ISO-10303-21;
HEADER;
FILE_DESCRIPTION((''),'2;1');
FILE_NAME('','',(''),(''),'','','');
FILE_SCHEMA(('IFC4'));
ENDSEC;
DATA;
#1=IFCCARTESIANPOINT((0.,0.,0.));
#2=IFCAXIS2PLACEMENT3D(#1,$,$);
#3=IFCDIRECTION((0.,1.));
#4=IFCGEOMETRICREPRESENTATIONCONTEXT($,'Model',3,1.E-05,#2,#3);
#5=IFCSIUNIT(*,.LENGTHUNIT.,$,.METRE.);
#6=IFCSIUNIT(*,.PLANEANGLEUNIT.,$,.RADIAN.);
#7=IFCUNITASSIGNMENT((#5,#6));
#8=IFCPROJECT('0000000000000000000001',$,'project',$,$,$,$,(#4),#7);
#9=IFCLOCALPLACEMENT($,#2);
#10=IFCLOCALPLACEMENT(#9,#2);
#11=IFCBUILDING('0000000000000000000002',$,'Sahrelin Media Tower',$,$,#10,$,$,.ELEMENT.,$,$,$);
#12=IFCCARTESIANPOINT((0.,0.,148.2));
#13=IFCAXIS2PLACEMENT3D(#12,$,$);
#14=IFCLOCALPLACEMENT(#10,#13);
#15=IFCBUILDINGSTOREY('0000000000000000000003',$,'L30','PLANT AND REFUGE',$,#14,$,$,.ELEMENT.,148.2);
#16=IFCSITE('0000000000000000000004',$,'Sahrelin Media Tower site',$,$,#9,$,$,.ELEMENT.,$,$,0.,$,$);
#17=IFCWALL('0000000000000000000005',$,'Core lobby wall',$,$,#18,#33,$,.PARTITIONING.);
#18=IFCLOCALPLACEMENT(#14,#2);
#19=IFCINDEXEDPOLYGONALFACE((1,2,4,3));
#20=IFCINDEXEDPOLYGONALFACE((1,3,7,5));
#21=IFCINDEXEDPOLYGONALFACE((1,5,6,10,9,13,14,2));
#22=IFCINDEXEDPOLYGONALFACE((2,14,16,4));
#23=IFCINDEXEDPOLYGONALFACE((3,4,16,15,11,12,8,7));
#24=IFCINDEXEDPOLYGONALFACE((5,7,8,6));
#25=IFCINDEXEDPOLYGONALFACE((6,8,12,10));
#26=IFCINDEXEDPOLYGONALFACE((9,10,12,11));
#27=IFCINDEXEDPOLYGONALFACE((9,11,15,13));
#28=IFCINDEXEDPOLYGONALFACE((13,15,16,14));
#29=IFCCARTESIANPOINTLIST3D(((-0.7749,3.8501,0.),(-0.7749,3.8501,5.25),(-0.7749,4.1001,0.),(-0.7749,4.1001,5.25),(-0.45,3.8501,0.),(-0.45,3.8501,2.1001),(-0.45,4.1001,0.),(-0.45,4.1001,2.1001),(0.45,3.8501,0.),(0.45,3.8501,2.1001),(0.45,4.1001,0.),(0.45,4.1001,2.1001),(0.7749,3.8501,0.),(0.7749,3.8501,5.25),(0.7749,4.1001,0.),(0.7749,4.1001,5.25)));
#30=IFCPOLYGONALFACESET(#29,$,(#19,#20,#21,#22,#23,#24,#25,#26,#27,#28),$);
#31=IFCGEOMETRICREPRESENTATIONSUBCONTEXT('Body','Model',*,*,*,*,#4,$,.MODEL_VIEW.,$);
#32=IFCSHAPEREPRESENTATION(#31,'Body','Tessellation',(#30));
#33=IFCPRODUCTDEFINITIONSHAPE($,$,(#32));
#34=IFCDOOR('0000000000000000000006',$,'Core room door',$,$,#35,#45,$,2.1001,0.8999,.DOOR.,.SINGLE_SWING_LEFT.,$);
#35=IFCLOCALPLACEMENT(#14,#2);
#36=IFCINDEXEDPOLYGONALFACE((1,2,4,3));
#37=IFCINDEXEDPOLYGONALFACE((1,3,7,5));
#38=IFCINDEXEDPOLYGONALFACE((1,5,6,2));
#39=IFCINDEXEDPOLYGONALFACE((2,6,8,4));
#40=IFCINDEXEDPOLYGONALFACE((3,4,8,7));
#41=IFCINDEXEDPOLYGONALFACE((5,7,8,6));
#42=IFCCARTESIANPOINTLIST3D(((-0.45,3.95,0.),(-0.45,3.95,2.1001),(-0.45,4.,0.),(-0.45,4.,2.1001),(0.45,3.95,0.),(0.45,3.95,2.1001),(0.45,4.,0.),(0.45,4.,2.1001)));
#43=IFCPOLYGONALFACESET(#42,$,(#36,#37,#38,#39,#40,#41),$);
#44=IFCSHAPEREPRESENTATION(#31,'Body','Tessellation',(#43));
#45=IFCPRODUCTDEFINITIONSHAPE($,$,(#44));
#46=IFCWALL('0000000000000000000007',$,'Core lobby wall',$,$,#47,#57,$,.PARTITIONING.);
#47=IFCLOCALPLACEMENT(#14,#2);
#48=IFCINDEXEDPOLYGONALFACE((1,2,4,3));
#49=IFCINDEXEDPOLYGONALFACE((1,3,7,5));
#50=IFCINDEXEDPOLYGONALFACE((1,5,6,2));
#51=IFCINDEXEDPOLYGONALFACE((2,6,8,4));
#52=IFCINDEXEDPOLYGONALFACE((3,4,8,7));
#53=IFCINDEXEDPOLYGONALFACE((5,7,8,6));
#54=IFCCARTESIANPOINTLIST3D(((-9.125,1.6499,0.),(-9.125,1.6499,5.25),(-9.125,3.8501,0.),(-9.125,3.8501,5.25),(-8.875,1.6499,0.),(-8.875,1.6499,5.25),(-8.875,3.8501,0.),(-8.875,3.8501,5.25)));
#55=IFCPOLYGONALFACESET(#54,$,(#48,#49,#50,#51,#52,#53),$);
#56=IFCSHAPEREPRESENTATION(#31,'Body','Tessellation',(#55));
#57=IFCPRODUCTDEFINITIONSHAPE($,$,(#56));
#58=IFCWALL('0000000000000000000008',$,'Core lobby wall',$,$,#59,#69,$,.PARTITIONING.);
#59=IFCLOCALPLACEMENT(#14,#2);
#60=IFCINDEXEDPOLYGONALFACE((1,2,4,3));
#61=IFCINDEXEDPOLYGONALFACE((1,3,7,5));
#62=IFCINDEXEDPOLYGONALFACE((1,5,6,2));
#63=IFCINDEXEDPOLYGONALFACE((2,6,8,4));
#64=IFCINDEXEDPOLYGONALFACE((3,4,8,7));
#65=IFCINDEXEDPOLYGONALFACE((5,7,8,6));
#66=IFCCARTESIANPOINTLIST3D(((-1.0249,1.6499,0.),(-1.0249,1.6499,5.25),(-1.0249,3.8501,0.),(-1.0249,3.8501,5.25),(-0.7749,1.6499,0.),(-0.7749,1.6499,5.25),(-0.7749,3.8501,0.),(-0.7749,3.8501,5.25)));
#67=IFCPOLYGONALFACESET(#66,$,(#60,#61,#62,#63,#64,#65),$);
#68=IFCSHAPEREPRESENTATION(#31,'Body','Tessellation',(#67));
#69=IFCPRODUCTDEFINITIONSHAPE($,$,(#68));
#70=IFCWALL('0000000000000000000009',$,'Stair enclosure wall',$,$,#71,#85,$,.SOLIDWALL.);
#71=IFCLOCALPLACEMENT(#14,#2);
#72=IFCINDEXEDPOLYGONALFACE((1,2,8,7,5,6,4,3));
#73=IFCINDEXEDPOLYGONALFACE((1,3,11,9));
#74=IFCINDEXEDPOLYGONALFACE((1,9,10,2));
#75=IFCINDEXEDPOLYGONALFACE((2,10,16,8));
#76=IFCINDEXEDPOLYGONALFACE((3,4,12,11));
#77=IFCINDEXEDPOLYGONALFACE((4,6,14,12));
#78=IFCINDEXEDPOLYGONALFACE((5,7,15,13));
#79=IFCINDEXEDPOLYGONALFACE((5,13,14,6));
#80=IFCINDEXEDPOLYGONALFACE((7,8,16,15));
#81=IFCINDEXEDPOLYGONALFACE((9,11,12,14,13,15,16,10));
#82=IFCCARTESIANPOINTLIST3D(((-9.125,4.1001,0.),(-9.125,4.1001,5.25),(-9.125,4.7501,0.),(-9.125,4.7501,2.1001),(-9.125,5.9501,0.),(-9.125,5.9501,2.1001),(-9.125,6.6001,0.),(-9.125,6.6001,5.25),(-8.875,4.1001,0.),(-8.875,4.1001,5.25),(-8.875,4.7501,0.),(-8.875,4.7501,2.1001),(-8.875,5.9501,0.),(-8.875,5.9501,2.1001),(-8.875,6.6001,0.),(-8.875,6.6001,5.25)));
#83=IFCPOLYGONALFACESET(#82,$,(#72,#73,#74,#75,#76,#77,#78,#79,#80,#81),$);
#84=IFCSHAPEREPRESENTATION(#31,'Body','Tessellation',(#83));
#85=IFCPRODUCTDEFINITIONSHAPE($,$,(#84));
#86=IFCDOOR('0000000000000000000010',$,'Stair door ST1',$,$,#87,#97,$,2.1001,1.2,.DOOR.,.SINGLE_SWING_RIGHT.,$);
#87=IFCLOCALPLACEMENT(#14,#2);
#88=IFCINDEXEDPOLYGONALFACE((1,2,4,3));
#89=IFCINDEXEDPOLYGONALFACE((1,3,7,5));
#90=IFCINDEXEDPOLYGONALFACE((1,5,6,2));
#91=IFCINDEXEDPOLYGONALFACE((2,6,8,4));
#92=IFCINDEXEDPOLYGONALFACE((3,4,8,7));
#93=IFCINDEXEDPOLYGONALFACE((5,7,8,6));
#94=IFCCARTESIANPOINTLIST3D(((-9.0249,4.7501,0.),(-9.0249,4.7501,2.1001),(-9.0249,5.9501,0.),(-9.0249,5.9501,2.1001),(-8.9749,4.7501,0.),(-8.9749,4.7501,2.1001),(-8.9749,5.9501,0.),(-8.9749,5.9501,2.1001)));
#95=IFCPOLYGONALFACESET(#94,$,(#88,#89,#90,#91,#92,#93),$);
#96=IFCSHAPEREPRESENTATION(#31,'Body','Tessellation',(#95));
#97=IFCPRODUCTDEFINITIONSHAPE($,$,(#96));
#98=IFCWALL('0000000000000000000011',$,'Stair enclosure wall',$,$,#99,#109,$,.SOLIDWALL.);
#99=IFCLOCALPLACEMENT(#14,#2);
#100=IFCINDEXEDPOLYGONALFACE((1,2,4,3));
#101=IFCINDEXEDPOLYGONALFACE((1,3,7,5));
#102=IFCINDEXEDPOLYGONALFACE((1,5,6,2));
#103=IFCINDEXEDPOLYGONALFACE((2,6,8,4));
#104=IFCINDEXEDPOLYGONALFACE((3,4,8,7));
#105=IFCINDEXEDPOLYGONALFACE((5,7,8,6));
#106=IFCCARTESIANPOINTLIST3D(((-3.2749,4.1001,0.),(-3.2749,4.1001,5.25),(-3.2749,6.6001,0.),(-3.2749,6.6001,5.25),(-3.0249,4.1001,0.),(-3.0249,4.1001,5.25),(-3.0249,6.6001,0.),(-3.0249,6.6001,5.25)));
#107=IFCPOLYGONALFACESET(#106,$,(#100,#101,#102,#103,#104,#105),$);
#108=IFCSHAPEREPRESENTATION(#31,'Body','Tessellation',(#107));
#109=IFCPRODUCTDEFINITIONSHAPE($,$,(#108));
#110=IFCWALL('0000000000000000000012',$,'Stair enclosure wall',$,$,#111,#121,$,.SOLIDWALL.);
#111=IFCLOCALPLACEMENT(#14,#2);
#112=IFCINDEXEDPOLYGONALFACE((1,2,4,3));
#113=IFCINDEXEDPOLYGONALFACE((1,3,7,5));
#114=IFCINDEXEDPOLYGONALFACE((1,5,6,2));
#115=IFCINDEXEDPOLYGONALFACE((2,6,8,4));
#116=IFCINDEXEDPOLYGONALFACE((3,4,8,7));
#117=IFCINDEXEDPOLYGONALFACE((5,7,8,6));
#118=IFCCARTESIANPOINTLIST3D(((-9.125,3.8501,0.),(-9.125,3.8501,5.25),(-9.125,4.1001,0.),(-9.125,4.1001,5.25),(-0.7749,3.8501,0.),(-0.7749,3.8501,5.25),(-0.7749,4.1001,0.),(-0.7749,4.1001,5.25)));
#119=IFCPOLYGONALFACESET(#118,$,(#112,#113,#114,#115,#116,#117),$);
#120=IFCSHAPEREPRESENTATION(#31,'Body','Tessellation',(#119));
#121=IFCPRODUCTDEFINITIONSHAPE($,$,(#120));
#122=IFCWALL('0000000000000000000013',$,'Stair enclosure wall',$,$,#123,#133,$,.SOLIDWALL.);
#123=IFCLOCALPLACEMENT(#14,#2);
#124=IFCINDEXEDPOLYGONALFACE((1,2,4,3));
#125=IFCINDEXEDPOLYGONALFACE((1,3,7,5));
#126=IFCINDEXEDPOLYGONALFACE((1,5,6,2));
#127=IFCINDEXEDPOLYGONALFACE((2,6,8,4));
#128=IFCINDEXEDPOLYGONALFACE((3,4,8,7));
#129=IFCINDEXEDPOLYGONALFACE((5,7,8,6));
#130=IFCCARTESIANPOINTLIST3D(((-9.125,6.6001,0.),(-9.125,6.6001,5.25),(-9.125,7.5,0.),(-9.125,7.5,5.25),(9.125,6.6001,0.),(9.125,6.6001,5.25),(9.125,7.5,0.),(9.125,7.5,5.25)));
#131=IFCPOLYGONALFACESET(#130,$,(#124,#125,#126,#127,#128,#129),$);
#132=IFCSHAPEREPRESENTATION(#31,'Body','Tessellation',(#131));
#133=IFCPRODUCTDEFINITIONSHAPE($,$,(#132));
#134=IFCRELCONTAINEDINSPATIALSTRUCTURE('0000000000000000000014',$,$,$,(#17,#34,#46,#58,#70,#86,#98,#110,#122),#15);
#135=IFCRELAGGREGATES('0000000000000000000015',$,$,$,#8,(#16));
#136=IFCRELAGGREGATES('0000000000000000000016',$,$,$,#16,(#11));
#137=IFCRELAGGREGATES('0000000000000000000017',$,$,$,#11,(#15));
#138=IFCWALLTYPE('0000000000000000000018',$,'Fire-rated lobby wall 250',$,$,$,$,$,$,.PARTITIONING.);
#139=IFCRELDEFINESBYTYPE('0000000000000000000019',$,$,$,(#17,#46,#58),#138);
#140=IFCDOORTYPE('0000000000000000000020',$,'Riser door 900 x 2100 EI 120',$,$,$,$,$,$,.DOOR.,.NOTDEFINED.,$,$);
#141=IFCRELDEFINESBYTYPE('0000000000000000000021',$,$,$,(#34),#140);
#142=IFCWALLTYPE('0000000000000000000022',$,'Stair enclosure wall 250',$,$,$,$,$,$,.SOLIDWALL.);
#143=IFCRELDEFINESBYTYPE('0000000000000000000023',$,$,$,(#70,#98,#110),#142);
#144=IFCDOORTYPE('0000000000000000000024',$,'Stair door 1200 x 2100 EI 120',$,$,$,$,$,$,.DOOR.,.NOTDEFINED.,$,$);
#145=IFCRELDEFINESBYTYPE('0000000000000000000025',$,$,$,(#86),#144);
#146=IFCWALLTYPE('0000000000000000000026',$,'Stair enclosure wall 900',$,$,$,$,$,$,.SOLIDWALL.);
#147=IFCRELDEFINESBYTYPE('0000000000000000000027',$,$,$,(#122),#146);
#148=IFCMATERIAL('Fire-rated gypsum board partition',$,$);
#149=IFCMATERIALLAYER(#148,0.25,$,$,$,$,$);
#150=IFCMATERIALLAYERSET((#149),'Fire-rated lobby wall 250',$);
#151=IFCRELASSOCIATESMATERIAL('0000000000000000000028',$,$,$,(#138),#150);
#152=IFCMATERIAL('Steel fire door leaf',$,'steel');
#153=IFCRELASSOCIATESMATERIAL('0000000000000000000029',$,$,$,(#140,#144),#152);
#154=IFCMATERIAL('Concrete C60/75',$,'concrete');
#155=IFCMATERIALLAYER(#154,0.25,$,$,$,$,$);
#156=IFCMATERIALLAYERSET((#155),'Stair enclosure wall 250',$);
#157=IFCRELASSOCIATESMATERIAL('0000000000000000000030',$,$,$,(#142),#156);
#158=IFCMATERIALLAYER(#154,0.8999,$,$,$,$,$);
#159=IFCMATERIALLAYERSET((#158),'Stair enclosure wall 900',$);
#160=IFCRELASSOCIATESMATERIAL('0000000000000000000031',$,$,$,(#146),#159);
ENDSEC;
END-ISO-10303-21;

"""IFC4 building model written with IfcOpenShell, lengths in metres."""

from ifc_helpers import new_model, si_unit, direction, frame, frame_2d, origin, place, context, subcontext, project, spatial, rectangle, extrude, material, layer, layer_set, type_object, element, fill, save


model = new_model("IFC4")

# Units and contexts
model_context = context("Model", 3, precision=1e-05, world=origin(), true_north=direction((0.0, 1.0)))
body_context = subcontext(model_context, "Body", "Model", "MODEL_VIEW")
ifc_project = project(units=[si_unit("LENGTHUNIT", "METRE"), si_unit("PLANEANGLEUNIT", "RADIAN")], contexts=[model_context])

# Site, building, storey
site_placement = place(None, origin())
site = spatial("IfcSite", under=ifc_project, at=site_placement, Name="Sahrelin Media Tower site", CompositionType="ELEMENT", RefElevation=0.0)
building_placement = place(site_placement, origin())
building = spatial("IfcBuilding", under=site, at=building_placement, Name="Sahrelin Media Tower", CompositionType="ELEMENT")
storey_placement = place(building_placement, frame((0.0, 0.0, 148.2)))
storey = spatial("IfcBuildingStorey", under=building, at=storey_placement, Name="L30", Description="PLANT AND REFUGE", CompositionType="ELEMENT", Elevation=148.2)

# Shared definitions
ifc_material_1 = material(Name="Concrete C60/75", Category="concrete")
ifc_material_2 = material(Name="Steel fire door leaf", Category="steel")

# Wall, opening, door
ifc_material_3 = material(Name="Fire-rated gypsum board partition")
ifc_layer_1 = layer(ifc_material_3, 0.25)
ifc_layer_set_1 = layer_set([ifc_layer_1], Name="Fire-rated lobby wall 250")
wall_type_1 = type_object("IfcWallType", Name="Fire-rated lobby wall 250", PredefinedType="PARTITIONING", material=ifc_layer_set_1)
wall_1_placement = place(storey_placement, frame((-0.7749, 3.9751, 0.0), z_axis=(0.0, 0.0, 1.0), x_axis=(1.0, 0.0, 0.0)))
wall_1 = element("IfcWall", 1, at=wall_1_placement, inside=storey, type_object=wall_type_1, Name="Core lobby wall", PredefinedType="PARTITIONING", context=body_context, shape_type="SweptSolid", body=[
    extrude(rectangle(XDim=1.5498, YDim=0.25, at=frame_2d((0.7749, 0.0))), origin(), (0.0, 0.0, 1.0), 5.25),
])
opening_1_placement = place(wall_1_placement, frame((0.325, 0.0, 0.0)))
opening_1 = element("IfcOpeningElement", 2, at=opening_1_placement, cuts=wall_1, PredefinedType="OPENING", context=body_context, shape_type="SweptSolid", body=[
    extrude(rectangle(XDim=0.8999, YDim=2.1001, at=frame_2d((0.45, 1.05))), frame((0.0, 0.125, 0.0), z_axis=(0.0, -1.0, 0.0), x_axis=(1.0, 0.0, 0.0)), (0.0, 0.0, 1.0), 0.25),
])
door_type_1 = type_object("IfcDoorType", Name="Riser door 900 x 2100 EI 120", OperationType="NOTDEFINED", PredefinedType="DOOR", material=ifc_material_2)
door_1_placement = place(opening_1_placement, origin())
door_1 = element("IfcDoor", 3, at=door_1_placement, inside=storey, type_object=door_type_1, Name="Core room door", OperationType="SINGLE_SWING_LEFT", OverallHeight=2.1001, OverallWidth=0.8999, PredefinedType="DOOR", context=body_context, shape_type="SweptSolid", body=[
    extrude(rectangle(XDim=0.8999, YDim=2.1001, at=frame_2d((0.45, 1.05))), frame((0.0, 0.0249, 0.0), z_axis=(0.0, -1.0, 0.0), x_axis=(1.0, 0.0, 0.0)), (0.0, 0.0, 1.0), 0.05),
])
fill(opening_1, door_1)

# Walls
for number, where, z_axis, x_axis, name in (
    (4, (-9.0, 1.6499, 0.0), (0.0, 0.0, 1.0), (0.0, 1.0, 0.0), "Core lobby wall"),
    (5, (-0.8999, 1.6499, 0.0), (0.0, 0.0, 1.0), (0.0, 1.0, 0.0), "Core lobby wall"),
):
    element("IfcWall", number, at=place(storey_placement, frame(where, z_axis=z_axis, x_axis=x_axis)), inside=storey, type_object=wall_type_1, Name=name, PredefinedType="PARTITIONING", context=body_context, shape_type="SweptSolid", body=[
        extrude(rectangle(XDim=2.2002, YDim=0.25, at=frame_2d((1.1001, 0.0))), origin(), (0.0, 0.0, 1.0), 5.25),
    ])

# Wall, opening, door
ifc_layer_2 = layer(ifc_material_1, 0.25)
ifc_layer_set_2 = layer_set([ifc_layer_2], Name="Stair enclosure wall 250")
wall_type_2 = type_object("IfcWallType", Name="Stair enclosure wall 250", PredefinedType="SOLIDWALL", material=ifc_layer_set_2)
wall_2_placement = place(storey_placement, frame((-9.0, 4.1001, 0.0), z_axis=(0.0, 0.0, 1.0), x_axis=(0.0, 1.0, 0.0)))
wall_2 = element("IfcWall", 6, at=wall_2_placement, inside=storey, type_object=wall_type_2, Name="Stair enclosure wall", PredefinedType="SOLIDWALL", context=body_context, shape_type="SweptSolid", body=[
    extrude(rectangle(XDim=2.5, YDim=0.25, at=frame_2d((1.25, 0.0))), origin(), (0.0, 0.0, 1.0), 5.25),
])
opening_2_placement = place(wall_2_placement, frame((0.6499, 0.0, 0.0)))
opening_2 = element("IfcOpeningElement", 7, at=opening_2_placement, cuts=wall_2, PredefinedType="OPENING", context=body_context, shape_type="SweptSolid", body=[
    extrude(rectangle(XDim=1.2, YDim=2.1001, at=frame_2d((0.6001, 1.05))), frame((0.0, 0.125, 0.0), z_axis=(0.0, -1.0, 0.0), x_axis=(1.0, 0.0, 0.0)), (0.0, 0.0, 1.0), 0.25),
])
door_type_2 = type_object("IfcDoorType", Name="Stair door 1200 x 2100 EI 120", OperationType="NOTDEFINED", PredefinedType="DOOR", material=ifc_material_2)
door_2_placement = place(opening_2_placement, origin())
door_2 = element("IfcDoor", 8, at=door_2_placement, inside=storey, type_object=door_type_2, Name="Stair door ST1", OperationType="SINGLE_SWING_RIGHT", OverallHeight=2.1001, OverallWidth=1.2, PredefinedType="DOOR", context=body_context, shape_type="SweptSolid", body=[
    extrude(rectangle(XDim=1.2, YDim=2.1001, at=frame_2d((0.6001, 1.05))), frame((0.0, 0.0249, 0.0), z_axis=(0.0, -1.0, 0.0), x_axis=(1.0, 0.0, 0.0)), (0.0, 0.0, 1.0), 0.05),
])
fill(opening_2, door_2)

# Walls
wall_3_placement = place(storey_placement, frame((-3.1499, 4.1001, 0.0), z_axis=(0.0, 0.0, 1.0), x_axis=(0.0, 1.0, 0.0)))
element("IfcWall", 9, at=wall_3_placement, inside=storey, type_object=wall_type_2, Name="Stair enclosure wall", PredefinedType="SOLIDWALL", context=body_context, shape_type="SweptSolid", body=[
    extrude(rectangle(XDim=2.5, YDim=0.25, at=frame_2d((1.25, 0.0))), origin(), (0.0, 0.0, 1.0), 5.25),
])
wall_4_placement = place(storey_placement, frame((-9.125, 3.9751, 0.0), z_axis=(0.0, 0.0, 1.0), x_axis=(1.0, 0.0, 0.0)))
element("IfcWall", 10, at=wall_4_placement, inside=storey, type_object=wall_type_2, Name="Stair enclosure wall", PredefinedType="SOLIDWALL", context=body_context, shape_type="SweptSolid", body=[
    extrude(rectangle(XDim=8.3501, YDim=0.25, at=frame_2d((4.175, 0.0))), origin(), (0.0, 0.0, 1.0), 5.25),
])
ifc_layer_3 = layer(ifc_material_1, 0.8999)
ifc_layer_set_3 = layer_set([ifc_layer_3], Name="Stair enclosure wall 900")
wall_type_3 = type_object("IfcWallType", Name="Stair enclosure wall 900", PredefinedType="SOLIDWALL", material=ifc_layer_set_3)
wall_5_placement = place(storey_placement, frame((-9.125, 7.05, 0.0), z_axis=(0.0, 0.0, 1.0), x_axis=(1.0, 0.0, 0.0)))
element("IfcWall", 11, at=wall_5_placement, inside=storey, type_object=wall_type_3, Name="Stair enclosure wall", PredefinedType="SOLIDWALL", context=body_context, shape_type="SweptSolid", body=[
    extrude(rectangle(XDim=18.25, YDim=0.8999, at=frame_2d((9.125, 0.0))), origin(), (0.0, 0.0, 1.0), 5.25),
])

save(model, "model.ifc")
